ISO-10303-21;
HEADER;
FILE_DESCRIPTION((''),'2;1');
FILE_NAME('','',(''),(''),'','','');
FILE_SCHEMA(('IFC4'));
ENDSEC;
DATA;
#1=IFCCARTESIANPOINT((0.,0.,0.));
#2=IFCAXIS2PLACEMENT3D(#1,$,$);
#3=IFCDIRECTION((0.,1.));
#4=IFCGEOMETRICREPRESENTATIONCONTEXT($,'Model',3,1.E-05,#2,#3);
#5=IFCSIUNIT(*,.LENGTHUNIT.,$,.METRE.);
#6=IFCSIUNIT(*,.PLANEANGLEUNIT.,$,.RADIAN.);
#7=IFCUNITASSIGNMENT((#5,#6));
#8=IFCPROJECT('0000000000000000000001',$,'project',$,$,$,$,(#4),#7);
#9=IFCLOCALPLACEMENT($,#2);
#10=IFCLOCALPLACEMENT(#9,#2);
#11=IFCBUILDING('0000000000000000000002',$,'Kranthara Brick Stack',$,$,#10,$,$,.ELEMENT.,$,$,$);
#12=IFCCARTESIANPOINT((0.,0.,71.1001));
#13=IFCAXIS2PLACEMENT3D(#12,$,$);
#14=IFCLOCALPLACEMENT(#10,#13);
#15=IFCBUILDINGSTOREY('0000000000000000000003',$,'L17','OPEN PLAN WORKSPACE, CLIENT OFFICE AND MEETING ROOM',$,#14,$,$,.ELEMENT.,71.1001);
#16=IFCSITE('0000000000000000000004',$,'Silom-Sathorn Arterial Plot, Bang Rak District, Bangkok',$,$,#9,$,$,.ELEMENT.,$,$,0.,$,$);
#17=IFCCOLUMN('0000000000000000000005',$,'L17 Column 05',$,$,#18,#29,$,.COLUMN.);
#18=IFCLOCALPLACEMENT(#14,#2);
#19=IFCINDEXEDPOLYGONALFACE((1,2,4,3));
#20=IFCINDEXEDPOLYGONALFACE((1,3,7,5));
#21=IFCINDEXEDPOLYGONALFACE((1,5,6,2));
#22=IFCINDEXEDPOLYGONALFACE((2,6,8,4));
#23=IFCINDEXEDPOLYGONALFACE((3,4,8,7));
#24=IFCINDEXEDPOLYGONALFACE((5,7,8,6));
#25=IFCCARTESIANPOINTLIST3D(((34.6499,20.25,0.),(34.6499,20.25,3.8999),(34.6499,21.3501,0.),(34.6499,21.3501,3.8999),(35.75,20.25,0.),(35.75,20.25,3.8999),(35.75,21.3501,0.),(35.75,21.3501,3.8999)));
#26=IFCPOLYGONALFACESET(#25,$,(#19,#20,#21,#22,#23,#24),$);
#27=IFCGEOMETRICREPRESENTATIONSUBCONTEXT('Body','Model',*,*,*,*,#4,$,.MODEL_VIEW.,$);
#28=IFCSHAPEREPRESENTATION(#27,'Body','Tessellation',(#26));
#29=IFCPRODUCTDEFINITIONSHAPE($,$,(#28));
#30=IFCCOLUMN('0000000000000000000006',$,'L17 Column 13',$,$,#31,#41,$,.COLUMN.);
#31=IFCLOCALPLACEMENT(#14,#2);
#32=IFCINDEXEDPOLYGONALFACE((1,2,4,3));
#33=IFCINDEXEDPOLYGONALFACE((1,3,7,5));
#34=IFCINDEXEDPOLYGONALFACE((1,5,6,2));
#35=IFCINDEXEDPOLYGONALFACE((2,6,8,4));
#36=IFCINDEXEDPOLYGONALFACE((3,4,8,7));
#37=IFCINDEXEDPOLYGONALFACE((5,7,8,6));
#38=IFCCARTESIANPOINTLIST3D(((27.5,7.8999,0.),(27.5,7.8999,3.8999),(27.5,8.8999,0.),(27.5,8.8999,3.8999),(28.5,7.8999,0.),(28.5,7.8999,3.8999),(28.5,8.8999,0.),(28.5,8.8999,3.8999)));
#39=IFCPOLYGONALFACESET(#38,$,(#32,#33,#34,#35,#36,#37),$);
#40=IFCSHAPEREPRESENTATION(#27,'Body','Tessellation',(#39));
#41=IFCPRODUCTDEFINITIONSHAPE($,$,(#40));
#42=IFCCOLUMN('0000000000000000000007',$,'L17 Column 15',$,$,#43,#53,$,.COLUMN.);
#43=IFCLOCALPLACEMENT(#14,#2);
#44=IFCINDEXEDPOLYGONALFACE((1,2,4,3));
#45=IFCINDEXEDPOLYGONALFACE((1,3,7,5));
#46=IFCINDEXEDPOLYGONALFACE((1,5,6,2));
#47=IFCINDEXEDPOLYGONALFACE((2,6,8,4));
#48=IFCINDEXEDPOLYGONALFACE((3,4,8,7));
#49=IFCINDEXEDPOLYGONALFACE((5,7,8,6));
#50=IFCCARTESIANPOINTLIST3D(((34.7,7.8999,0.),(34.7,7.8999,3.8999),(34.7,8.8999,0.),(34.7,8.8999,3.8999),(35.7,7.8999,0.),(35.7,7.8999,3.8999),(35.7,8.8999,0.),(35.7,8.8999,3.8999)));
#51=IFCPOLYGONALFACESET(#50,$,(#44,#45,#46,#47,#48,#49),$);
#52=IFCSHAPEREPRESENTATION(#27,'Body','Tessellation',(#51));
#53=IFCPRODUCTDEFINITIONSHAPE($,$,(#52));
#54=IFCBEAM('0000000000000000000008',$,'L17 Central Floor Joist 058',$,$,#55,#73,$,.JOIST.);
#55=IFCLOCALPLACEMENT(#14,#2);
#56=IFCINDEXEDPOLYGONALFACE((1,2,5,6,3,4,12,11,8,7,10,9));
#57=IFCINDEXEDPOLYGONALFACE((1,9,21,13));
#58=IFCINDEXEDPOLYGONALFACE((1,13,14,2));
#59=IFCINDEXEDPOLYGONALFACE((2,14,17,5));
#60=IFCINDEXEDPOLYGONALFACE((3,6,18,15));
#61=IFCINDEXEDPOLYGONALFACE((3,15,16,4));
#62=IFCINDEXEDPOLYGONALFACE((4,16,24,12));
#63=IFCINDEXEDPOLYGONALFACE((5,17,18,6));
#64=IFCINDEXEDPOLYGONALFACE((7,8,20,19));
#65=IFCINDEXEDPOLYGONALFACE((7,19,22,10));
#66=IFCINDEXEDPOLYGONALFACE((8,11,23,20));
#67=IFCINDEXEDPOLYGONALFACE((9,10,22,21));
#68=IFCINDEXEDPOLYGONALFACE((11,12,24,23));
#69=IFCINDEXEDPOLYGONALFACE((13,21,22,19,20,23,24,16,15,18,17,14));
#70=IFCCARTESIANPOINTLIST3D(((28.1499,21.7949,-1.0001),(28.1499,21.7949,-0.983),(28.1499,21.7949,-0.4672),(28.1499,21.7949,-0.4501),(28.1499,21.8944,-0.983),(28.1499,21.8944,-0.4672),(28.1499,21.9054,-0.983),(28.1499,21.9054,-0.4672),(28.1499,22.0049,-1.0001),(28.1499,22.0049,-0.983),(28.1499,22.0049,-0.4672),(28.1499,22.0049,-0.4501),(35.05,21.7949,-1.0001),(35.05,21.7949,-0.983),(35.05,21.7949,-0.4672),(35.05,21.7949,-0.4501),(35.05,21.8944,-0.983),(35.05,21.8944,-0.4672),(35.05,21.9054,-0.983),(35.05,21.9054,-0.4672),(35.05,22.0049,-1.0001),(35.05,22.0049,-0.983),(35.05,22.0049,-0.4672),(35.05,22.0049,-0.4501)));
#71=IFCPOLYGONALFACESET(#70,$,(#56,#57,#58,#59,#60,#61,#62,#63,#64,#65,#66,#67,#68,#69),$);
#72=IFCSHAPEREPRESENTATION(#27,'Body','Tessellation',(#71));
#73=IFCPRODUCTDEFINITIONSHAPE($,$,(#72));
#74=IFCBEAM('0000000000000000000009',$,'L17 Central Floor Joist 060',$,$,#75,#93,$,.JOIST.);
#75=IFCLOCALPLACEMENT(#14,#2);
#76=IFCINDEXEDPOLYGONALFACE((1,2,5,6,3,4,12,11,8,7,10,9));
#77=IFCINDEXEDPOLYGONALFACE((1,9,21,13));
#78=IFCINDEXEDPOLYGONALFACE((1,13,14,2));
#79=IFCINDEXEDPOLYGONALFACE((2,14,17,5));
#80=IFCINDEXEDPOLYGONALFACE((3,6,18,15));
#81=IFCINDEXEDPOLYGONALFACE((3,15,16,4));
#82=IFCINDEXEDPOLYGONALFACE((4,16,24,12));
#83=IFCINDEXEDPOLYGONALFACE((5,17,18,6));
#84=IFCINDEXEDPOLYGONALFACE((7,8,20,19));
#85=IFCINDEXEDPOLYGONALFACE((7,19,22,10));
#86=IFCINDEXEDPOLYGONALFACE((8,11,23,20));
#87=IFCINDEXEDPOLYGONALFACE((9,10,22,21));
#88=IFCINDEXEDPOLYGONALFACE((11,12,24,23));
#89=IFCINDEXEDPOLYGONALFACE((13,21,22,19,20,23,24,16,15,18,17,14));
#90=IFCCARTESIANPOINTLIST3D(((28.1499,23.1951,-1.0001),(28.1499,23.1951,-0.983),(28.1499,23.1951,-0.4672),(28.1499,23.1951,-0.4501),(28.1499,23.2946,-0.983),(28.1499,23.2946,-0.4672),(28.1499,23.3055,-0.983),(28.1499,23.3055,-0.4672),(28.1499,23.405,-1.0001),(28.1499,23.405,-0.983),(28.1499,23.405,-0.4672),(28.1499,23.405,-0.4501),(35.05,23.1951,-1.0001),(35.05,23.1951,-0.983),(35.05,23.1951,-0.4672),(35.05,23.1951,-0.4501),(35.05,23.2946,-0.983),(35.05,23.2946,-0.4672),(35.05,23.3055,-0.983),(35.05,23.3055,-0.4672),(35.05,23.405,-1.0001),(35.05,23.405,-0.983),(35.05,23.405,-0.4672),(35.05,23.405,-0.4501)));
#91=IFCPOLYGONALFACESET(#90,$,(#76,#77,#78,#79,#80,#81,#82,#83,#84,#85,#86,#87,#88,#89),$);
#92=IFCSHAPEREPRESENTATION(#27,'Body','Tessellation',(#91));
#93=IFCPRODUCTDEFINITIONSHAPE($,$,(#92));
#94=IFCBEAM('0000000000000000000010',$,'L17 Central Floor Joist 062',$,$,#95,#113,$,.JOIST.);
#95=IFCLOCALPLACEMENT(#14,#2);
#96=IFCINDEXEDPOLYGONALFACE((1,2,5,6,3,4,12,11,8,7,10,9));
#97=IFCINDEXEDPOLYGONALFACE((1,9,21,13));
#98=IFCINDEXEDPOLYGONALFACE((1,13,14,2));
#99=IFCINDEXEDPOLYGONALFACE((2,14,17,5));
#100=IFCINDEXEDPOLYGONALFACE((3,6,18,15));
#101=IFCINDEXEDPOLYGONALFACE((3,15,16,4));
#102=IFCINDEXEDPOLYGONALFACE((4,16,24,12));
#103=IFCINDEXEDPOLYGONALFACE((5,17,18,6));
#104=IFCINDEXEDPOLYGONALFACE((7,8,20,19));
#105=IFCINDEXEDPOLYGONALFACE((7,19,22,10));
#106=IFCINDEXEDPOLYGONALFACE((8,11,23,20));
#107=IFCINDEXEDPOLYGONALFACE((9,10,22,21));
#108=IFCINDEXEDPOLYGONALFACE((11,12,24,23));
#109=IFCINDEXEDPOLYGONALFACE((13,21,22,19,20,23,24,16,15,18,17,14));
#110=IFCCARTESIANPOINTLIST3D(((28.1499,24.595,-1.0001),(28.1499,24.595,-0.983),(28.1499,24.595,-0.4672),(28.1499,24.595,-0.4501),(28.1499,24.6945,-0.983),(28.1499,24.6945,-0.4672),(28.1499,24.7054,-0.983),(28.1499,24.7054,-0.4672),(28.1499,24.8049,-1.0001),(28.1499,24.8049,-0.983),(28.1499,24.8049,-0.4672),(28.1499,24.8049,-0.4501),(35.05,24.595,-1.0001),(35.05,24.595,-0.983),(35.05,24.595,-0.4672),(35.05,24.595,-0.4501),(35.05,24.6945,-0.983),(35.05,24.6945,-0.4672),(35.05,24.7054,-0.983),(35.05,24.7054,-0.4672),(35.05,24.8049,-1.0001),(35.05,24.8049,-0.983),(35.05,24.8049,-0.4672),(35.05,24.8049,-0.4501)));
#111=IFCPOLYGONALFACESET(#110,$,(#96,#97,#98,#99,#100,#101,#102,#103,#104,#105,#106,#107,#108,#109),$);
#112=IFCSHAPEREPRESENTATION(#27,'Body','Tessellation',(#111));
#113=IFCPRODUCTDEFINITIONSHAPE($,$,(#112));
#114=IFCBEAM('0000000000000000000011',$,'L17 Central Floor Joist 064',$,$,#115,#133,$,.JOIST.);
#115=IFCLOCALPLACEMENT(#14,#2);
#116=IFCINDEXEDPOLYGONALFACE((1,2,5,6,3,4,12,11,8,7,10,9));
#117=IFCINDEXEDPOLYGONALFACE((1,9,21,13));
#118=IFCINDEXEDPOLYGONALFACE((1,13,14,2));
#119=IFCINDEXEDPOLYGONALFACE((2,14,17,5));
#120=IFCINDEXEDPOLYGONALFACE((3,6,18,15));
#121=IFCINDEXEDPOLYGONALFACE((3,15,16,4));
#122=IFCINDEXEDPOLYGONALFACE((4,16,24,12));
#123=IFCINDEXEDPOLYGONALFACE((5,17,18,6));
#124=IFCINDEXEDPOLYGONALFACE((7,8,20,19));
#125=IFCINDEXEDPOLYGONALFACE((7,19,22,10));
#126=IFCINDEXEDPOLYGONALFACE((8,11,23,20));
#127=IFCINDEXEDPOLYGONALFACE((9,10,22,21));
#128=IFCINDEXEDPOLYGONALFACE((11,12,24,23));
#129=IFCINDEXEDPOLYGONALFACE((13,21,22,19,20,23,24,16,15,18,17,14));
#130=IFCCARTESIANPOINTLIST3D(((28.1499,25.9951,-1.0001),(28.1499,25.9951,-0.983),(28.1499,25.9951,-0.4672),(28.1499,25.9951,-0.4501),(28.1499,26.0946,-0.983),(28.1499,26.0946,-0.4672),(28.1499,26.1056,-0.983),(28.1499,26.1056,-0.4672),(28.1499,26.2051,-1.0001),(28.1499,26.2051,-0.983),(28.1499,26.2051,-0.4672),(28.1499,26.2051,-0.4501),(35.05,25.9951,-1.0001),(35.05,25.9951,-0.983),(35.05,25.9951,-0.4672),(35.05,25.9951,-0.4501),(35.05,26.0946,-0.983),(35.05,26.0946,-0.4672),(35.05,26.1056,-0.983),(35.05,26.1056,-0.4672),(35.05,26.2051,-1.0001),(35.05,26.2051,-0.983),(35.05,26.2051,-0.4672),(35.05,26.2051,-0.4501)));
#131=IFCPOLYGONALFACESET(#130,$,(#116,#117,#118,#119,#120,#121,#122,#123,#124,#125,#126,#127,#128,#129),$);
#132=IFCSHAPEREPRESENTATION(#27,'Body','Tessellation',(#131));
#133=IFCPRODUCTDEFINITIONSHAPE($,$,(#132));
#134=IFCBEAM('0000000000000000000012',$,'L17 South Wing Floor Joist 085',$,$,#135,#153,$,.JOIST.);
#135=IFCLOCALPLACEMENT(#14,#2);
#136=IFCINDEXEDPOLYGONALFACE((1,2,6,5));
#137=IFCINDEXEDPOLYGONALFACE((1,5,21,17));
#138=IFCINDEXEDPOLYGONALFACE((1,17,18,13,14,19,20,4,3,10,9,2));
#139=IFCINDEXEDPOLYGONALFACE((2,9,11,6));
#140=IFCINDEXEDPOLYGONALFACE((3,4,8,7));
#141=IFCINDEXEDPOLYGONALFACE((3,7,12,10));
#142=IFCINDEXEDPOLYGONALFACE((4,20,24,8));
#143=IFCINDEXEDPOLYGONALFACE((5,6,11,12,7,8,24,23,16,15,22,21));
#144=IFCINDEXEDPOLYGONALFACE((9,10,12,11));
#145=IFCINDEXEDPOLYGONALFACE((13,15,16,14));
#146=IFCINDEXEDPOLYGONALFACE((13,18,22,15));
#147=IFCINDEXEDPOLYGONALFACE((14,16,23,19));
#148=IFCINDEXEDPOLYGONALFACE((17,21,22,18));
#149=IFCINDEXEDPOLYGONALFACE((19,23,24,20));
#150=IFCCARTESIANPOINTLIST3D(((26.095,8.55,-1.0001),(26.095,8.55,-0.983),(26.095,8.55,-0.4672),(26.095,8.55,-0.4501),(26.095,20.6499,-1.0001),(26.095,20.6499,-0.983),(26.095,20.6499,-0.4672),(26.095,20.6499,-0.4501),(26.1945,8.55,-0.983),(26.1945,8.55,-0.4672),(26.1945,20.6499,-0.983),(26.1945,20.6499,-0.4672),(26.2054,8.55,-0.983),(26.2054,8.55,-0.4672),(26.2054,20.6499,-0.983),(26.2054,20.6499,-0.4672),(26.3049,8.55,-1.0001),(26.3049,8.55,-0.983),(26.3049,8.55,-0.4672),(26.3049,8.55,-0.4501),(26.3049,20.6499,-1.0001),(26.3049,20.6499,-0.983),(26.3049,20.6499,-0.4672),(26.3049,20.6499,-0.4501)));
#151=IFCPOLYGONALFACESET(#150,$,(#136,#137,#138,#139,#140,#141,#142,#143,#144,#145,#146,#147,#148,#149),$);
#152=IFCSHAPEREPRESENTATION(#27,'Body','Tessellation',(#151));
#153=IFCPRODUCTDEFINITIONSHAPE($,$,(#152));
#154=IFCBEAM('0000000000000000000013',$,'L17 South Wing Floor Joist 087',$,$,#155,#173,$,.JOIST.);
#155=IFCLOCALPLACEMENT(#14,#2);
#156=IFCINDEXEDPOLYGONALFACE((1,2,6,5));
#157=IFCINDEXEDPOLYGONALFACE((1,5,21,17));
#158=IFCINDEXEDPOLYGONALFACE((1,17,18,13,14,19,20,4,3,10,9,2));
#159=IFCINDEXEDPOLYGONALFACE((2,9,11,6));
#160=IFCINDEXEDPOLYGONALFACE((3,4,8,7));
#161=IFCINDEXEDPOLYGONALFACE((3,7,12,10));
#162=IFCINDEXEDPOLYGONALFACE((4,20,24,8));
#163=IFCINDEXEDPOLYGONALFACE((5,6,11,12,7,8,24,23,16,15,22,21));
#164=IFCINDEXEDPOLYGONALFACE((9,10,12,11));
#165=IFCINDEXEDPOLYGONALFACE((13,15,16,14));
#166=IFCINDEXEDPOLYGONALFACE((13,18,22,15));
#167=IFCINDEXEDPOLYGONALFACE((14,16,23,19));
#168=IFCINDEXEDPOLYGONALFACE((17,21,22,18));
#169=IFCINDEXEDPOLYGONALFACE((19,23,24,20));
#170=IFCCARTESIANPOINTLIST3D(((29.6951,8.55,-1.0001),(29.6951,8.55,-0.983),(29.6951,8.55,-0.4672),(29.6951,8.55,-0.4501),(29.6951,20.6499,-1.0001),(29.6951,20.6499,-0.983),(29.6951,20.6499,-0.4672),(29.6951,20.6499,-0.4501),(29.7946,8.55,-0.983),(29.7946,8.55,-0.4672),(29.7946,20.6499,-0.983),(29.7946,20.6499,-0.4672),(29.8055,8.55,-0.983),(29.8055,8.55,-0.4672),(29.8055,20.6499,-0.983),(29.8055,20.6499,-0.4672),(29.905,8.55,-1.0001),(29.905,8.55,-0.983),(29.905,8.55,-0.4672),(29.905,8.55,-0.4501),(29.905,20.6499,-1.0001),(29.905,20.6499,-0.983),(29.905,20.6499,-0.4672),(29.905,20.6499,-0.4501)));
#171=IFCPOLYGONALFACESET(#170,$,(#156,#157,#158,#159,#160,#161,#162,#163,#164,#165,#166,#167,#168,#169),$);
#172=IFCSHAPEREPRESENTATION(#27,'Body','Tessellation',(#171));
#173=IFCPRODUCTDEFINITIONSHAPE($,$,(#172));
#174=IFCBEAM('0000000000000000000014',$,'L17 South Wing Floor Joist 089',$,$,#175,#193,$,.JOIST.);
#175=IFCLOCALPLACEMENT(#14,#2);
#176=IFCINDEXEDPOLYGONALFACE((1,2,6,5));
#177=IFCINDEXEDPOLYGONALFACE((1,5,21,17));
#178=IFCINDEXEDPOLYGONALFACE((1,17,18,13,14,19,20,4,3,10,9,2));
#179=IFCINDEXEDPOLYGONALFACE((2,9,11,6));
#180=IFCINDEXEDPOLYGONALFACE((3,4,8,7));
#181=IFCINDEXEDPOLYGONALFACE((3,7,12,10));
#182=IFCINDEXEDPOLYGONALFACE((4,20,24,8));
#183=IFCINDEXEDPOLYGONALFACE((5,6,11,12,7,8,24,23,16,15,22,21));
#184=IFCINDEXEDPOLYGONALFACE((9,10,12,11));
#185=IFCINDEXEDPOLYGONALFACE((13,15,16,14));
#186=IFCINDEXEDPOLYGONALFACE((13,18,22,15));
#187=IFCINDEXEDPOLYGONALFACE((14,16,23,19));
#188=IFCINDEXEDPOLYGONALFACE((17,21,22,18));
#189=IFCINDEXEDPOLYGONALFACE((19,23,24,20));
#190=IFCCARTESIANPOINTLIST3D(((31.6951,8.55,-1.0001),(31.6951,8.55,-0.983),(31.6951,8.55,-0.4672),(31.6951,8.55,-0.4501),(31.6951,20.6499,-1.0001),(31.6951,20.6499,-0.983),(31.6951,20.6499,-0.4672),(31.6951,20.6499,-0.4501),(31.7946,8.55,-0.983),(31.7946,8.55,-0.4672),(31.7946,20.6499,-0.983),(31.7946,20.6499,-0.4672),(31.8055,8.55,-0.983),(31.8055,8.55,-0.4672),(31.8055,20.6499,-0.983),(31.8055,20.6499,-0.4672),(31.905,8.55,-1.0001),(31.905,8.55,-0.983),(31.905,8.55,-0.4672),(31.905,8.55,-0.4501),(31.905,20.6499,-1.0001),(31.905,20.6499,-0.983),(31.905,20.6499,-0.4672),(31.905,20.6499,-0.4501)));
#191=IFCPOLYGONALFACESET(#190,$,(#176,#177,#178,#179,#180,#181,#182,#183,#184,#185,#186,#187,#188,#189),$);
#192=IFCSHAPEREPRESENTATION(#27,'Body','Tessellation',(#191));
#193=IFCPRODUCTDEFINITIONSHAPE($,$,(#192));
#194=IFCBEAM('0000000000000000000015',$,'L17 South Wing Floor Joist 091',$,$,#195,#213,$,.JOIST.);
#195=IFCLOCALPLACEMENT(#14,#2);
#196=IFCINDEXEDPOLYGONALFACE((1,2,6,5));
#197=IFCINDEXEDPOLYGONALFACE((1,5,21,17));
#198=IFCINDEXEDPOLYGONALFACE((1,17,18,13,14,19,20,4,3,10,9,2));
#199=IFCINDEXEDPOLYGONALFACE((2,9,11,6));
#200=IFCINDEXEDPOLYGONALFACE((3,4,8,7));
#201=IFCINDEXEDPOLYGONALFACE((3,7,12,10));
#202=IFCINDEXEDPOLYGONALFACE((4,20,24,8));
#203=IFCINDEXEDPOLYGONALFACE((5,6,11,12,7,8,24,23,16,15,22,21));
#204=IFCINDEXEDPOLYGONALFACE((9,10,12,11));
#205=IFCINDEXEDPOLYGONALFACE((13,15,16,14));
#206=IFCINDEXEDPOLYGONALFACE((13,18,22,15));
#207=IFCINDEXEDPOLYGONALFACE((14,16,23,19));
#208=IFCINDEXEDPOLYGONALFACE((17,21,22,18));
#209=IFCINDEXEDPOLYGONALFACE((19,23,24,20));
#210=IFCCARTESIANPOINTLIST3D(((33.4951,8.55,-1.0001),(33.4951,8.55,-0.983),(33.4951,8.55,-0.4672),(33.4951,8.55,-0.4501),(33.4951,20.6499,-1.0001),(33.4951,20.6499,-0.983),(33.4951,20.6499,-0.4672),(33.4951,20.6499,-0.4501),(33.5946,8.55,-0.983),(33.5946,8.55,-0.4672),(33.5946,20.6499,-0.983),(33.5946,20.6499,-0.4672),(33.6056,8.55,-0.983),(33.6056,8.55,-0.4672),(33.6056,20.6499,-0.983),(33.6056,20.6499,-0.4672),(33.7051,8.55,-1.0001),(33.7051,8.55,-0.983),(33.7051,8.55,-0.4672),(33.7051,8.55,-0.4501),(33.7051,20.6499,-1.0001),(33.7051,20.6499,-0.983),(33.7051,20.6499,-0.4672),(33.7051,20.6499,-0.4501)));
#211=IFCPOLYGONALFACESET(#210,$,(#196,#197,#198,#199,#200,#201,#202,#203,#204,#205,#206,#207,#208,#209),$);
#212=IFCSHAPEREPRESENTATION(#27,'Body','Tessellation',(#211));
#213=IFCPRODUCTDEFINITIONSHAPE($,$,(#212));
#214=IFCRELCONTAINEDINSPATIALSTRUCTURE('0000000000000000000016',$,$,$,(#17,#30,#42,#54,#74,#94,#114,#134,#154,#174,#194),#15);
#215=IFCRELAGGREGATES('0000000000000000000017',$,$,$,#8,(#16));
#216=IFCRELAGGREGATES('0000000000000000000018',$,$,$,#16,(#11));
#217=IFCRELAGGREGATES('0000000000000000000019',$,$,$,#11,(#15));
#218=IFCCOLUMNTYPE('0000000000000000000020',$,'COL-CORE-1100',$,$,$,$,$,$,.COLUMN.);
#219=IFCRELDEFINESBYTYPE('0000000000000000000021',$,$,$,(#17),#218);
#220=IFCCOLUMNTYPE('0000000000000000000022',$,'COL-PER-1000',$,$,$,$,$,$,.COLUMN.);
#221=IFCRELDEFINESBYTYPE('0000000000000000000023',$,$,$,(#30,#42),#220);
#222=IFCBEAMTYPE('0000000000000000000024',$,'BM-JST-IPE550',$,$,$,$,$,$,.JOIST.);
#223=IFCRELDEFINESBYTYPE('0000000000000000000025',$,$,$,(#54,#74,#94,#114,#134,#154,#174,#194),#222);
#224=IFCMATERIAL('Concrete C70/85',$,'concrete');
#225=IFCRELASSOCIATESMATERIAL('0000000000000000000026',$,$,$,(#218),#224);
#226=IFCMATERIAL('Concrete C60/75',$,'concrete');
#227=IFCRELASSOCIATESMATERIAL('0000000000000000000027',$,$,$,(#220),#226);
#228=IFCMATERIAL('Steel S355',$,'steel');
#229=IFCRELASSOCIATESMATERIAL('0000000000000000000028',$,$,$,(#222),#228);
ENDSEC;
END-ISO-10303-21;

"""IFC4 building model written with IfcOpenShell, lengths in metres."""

from ifc_helpers import new_model, si_unit, direction, frame, origin, origin_2d, place, context, subcontext, project, spatial, rectangle, i_section, extrude, material, material_profile, profile_set, type_object, element, save


model = new_model("IFC4")

# Units and contexts
model_context = context("Model", 3, precision=1e-05, world=origin(), true_north=direction((0.0, 1.0)))
body_context = subcontext(model_context, "Body", "Model", "MODEL_VIEW")
ifc_project = project(units=[si_unit("LENGTHUNIT", "METRE"), si_unit("PLANEANGLEUNIT", "RADIAN")], contexts=[model_context])

# Site, building, storey
site_placement = place(None, origin())
site = spatial("IfcSite", under=ifc_project, at=site_placement, Name="Silom-Sathorn Arterial Plot, Bang Rak District, Bangkok", CompositionType="ELEMENT", RefElevation=0.0)
building_placement = place(site_placement, origin())
building = spatial("IfcBuilding", under=site, at=building_placement, Name="Kranthara Brick Stack", CompositionType="ELEMENT")
storey_placement = place(building_placement, frame((0.0, 0.0, 71.1001)))
storey = spatial("IfcBuildingStorey", under=building, at=storey_placement, Name="L17", Description="OPEN PLAN WORKSPACE, CLIENT OFFICE AND MEETING ROOM", CompositionType="ELEMENT", Elevation=71.1001)

# Columns
ifc_material_1 = material(Name="Concrete C70/85", Category="concrete")
ifc_material_profile_1 = material_profile(ifc_material_1, rectangle(XDim=1.1001, YDim=1.1001, at=origin_2d()), Name="RC 1100x1100")
ifc_profile_set_1 = profile_set([ifc_material_profile_1], Name="Concrete C70/85")
column_type_1 = type_object("IfcColumnType", Name="COL-CORE-1100", PredefinedType="COLUMN", material=ifc_profile_set_1)
column_placement = place(storey_placement, frame((35.2, 20.8, 0.0), z_axis=(0.0, 0.0, 1.0), x_axis=(1.0, 0.0, 0.0)))
element("IfcColumn", 1, at=column_placement, inside=storey, type_object=column_type_1, Name="L17 Column 05", PredefinedType="COLUMN", context=body_context, shape_type="SweptSolid", body=[
    extrude(rectangle(XDim=1.1001, YDim=1.1001, at=origin_2d()), origin(), (0.0, 0.0, 1.0), 3.8999),
])
ifc_material_2 = material(Name="Concrete C60/75", Category="concrete")
ifc_material_profile_2 = material_profile(ifc_material_2, rectangle(XDim=1.0, YDim=1.0, at=origin_2d()), Name="RC 1000x1000")
ifc_profile_set_2 = profile_set([ifc_material_profile_2], Name="Concrete C60/75")
column_type_2 = type_object("IfcColumnType", Name="COL-PER-1000", PredefinedType="COLUMN", material=ifc_profile_set_2)
for number, where, z_axis, x_axis, name in (
    (2, (28.0, 8.3999, 0.0), (0.0, 0.0, 1.0), (1.0, 0.0, 0.0), "L17 Column 13"),
    (3, (35.2, 8.3999, 0.0), (0.0, 0.0, 1.0), (1.0, 0.0, 0.0), "L17 Column 15"),
):
    element("IfcColumn", number, at=place(storey_placement, frame(where, z_axis=z_axis, x_axis=x_axis)), inside=storey, type_object=column_type_2, Name=name, PredefinedType="COLUMN", context=body_context, shape_type="SweptSolid", body=[
        extrude(rectangle(XDim=1.0, YDim=1.0, at=origin_2d()), origin(), (0.0, 0.0, 1.0), 3.8999),
    ])

# Beams
ifc_material_3 = material(Name="Steel S355", Category="steel")
ifc_material_profile_3 = material_profile(ifc_material_3, i_section(OverallWidth=0.21, OverallDepth=0.55, WebThickness=0.011, FlangeThickness=0.0171, at=origin_2d()), Name="IPE 550")
ifc_profile_set_3 = profile_set([ifc_material_profile_3], Name="Steel S355")
beam_type_1 = type_object("IfcBeamType", Name="BM-JST-IPE550", PredefinedType="JOIST", material=ifc_profile_set_3)
for number, where, z_axis, x_axis, name in (
    (4, (28.1499, 21.8999, -0.7251), (1.0, 0.0, 0.0), (0.0, 1.0, 0.0), "L17 Central Floor Joist 058"),
    (5, (28.1499, 23.3, -0.7251), (1.0, 0.0, 0.0), (0.0, 1.0, 0.0), "L17 Central Floor Joist 060"),
    (6, (28.1499, 24.7, -0.7251), (1.0, 0.0, 0.0), (0.0, 1.0, 0.0), "L17 Central Floor Joist 062"),
    (7, (28.1499, 26.1001, -0.7251), (1.0, 0.0, 0.0), (0.0, 1.0, 0.0), "L17 Central Floor Joist 064"),
):
    element("IfcBeam", number, at=place(storey_placement, frame(where, z_axis=z_axis, x_axis=x_axis)), inside=storey, type_object=beam_type_1, Name=name, PredefinedType="JOIST", context=body_context, shape_type="SweptSolid", body=[
        extrude(i_section(OverallWidth=0.21, OverallDepth=0.55, WebThickness=0.011, FlangeThickness=0.0171, at=origin_2d()), origin(), (0.0, 0.0, 1.0), 6.9001),
    ])
for number, where, z_axis, x_axis, name in (
    (8, (26.2, 8.55, -0.7251), (0.0, 1.0, 0.0), (-1.0, 0.0, 0.0), "L17 South Wing Floor Joist 085"),
    (9, (29.8, 8.55, -0.7251), (0.0, 1.0, 0.0), (-1.0, 0.0, 0.0), "L17 South Wing Floor Joist 087"),
    (10, (31.8, 8.55, -0.7251), (0.0, 1.0, 0.0), (-1.0, 0.0, 0.0), "L17 South Wing Floor Joist 089"),
    (11, (33.6001, 8.55, -0.7251), (0.0, 1.0, 0.0), (-1.0, 0.0, 0.0), "L17 South Wing Floor Joist 091"),
):
    element("IfcBeam", number, at=place(storey_placement, frame(where, z_axis=z_axis, x_axis=x_axis)), inside=storey, type_object=beam_type_1, Name=name, PredefinedType="JOIST", context=body_context, shape_type="SweptSolid", body=[
        extrude(i_section(OverallWidth=0.21, OverallDepth=0.55, WebThickness=0.011, FlangeThickness=0.0171, at=origin_2d()), origin(), (0.0, 0.0, 1.0), 12.0999),
    ])

save(model, "model.ifc")
